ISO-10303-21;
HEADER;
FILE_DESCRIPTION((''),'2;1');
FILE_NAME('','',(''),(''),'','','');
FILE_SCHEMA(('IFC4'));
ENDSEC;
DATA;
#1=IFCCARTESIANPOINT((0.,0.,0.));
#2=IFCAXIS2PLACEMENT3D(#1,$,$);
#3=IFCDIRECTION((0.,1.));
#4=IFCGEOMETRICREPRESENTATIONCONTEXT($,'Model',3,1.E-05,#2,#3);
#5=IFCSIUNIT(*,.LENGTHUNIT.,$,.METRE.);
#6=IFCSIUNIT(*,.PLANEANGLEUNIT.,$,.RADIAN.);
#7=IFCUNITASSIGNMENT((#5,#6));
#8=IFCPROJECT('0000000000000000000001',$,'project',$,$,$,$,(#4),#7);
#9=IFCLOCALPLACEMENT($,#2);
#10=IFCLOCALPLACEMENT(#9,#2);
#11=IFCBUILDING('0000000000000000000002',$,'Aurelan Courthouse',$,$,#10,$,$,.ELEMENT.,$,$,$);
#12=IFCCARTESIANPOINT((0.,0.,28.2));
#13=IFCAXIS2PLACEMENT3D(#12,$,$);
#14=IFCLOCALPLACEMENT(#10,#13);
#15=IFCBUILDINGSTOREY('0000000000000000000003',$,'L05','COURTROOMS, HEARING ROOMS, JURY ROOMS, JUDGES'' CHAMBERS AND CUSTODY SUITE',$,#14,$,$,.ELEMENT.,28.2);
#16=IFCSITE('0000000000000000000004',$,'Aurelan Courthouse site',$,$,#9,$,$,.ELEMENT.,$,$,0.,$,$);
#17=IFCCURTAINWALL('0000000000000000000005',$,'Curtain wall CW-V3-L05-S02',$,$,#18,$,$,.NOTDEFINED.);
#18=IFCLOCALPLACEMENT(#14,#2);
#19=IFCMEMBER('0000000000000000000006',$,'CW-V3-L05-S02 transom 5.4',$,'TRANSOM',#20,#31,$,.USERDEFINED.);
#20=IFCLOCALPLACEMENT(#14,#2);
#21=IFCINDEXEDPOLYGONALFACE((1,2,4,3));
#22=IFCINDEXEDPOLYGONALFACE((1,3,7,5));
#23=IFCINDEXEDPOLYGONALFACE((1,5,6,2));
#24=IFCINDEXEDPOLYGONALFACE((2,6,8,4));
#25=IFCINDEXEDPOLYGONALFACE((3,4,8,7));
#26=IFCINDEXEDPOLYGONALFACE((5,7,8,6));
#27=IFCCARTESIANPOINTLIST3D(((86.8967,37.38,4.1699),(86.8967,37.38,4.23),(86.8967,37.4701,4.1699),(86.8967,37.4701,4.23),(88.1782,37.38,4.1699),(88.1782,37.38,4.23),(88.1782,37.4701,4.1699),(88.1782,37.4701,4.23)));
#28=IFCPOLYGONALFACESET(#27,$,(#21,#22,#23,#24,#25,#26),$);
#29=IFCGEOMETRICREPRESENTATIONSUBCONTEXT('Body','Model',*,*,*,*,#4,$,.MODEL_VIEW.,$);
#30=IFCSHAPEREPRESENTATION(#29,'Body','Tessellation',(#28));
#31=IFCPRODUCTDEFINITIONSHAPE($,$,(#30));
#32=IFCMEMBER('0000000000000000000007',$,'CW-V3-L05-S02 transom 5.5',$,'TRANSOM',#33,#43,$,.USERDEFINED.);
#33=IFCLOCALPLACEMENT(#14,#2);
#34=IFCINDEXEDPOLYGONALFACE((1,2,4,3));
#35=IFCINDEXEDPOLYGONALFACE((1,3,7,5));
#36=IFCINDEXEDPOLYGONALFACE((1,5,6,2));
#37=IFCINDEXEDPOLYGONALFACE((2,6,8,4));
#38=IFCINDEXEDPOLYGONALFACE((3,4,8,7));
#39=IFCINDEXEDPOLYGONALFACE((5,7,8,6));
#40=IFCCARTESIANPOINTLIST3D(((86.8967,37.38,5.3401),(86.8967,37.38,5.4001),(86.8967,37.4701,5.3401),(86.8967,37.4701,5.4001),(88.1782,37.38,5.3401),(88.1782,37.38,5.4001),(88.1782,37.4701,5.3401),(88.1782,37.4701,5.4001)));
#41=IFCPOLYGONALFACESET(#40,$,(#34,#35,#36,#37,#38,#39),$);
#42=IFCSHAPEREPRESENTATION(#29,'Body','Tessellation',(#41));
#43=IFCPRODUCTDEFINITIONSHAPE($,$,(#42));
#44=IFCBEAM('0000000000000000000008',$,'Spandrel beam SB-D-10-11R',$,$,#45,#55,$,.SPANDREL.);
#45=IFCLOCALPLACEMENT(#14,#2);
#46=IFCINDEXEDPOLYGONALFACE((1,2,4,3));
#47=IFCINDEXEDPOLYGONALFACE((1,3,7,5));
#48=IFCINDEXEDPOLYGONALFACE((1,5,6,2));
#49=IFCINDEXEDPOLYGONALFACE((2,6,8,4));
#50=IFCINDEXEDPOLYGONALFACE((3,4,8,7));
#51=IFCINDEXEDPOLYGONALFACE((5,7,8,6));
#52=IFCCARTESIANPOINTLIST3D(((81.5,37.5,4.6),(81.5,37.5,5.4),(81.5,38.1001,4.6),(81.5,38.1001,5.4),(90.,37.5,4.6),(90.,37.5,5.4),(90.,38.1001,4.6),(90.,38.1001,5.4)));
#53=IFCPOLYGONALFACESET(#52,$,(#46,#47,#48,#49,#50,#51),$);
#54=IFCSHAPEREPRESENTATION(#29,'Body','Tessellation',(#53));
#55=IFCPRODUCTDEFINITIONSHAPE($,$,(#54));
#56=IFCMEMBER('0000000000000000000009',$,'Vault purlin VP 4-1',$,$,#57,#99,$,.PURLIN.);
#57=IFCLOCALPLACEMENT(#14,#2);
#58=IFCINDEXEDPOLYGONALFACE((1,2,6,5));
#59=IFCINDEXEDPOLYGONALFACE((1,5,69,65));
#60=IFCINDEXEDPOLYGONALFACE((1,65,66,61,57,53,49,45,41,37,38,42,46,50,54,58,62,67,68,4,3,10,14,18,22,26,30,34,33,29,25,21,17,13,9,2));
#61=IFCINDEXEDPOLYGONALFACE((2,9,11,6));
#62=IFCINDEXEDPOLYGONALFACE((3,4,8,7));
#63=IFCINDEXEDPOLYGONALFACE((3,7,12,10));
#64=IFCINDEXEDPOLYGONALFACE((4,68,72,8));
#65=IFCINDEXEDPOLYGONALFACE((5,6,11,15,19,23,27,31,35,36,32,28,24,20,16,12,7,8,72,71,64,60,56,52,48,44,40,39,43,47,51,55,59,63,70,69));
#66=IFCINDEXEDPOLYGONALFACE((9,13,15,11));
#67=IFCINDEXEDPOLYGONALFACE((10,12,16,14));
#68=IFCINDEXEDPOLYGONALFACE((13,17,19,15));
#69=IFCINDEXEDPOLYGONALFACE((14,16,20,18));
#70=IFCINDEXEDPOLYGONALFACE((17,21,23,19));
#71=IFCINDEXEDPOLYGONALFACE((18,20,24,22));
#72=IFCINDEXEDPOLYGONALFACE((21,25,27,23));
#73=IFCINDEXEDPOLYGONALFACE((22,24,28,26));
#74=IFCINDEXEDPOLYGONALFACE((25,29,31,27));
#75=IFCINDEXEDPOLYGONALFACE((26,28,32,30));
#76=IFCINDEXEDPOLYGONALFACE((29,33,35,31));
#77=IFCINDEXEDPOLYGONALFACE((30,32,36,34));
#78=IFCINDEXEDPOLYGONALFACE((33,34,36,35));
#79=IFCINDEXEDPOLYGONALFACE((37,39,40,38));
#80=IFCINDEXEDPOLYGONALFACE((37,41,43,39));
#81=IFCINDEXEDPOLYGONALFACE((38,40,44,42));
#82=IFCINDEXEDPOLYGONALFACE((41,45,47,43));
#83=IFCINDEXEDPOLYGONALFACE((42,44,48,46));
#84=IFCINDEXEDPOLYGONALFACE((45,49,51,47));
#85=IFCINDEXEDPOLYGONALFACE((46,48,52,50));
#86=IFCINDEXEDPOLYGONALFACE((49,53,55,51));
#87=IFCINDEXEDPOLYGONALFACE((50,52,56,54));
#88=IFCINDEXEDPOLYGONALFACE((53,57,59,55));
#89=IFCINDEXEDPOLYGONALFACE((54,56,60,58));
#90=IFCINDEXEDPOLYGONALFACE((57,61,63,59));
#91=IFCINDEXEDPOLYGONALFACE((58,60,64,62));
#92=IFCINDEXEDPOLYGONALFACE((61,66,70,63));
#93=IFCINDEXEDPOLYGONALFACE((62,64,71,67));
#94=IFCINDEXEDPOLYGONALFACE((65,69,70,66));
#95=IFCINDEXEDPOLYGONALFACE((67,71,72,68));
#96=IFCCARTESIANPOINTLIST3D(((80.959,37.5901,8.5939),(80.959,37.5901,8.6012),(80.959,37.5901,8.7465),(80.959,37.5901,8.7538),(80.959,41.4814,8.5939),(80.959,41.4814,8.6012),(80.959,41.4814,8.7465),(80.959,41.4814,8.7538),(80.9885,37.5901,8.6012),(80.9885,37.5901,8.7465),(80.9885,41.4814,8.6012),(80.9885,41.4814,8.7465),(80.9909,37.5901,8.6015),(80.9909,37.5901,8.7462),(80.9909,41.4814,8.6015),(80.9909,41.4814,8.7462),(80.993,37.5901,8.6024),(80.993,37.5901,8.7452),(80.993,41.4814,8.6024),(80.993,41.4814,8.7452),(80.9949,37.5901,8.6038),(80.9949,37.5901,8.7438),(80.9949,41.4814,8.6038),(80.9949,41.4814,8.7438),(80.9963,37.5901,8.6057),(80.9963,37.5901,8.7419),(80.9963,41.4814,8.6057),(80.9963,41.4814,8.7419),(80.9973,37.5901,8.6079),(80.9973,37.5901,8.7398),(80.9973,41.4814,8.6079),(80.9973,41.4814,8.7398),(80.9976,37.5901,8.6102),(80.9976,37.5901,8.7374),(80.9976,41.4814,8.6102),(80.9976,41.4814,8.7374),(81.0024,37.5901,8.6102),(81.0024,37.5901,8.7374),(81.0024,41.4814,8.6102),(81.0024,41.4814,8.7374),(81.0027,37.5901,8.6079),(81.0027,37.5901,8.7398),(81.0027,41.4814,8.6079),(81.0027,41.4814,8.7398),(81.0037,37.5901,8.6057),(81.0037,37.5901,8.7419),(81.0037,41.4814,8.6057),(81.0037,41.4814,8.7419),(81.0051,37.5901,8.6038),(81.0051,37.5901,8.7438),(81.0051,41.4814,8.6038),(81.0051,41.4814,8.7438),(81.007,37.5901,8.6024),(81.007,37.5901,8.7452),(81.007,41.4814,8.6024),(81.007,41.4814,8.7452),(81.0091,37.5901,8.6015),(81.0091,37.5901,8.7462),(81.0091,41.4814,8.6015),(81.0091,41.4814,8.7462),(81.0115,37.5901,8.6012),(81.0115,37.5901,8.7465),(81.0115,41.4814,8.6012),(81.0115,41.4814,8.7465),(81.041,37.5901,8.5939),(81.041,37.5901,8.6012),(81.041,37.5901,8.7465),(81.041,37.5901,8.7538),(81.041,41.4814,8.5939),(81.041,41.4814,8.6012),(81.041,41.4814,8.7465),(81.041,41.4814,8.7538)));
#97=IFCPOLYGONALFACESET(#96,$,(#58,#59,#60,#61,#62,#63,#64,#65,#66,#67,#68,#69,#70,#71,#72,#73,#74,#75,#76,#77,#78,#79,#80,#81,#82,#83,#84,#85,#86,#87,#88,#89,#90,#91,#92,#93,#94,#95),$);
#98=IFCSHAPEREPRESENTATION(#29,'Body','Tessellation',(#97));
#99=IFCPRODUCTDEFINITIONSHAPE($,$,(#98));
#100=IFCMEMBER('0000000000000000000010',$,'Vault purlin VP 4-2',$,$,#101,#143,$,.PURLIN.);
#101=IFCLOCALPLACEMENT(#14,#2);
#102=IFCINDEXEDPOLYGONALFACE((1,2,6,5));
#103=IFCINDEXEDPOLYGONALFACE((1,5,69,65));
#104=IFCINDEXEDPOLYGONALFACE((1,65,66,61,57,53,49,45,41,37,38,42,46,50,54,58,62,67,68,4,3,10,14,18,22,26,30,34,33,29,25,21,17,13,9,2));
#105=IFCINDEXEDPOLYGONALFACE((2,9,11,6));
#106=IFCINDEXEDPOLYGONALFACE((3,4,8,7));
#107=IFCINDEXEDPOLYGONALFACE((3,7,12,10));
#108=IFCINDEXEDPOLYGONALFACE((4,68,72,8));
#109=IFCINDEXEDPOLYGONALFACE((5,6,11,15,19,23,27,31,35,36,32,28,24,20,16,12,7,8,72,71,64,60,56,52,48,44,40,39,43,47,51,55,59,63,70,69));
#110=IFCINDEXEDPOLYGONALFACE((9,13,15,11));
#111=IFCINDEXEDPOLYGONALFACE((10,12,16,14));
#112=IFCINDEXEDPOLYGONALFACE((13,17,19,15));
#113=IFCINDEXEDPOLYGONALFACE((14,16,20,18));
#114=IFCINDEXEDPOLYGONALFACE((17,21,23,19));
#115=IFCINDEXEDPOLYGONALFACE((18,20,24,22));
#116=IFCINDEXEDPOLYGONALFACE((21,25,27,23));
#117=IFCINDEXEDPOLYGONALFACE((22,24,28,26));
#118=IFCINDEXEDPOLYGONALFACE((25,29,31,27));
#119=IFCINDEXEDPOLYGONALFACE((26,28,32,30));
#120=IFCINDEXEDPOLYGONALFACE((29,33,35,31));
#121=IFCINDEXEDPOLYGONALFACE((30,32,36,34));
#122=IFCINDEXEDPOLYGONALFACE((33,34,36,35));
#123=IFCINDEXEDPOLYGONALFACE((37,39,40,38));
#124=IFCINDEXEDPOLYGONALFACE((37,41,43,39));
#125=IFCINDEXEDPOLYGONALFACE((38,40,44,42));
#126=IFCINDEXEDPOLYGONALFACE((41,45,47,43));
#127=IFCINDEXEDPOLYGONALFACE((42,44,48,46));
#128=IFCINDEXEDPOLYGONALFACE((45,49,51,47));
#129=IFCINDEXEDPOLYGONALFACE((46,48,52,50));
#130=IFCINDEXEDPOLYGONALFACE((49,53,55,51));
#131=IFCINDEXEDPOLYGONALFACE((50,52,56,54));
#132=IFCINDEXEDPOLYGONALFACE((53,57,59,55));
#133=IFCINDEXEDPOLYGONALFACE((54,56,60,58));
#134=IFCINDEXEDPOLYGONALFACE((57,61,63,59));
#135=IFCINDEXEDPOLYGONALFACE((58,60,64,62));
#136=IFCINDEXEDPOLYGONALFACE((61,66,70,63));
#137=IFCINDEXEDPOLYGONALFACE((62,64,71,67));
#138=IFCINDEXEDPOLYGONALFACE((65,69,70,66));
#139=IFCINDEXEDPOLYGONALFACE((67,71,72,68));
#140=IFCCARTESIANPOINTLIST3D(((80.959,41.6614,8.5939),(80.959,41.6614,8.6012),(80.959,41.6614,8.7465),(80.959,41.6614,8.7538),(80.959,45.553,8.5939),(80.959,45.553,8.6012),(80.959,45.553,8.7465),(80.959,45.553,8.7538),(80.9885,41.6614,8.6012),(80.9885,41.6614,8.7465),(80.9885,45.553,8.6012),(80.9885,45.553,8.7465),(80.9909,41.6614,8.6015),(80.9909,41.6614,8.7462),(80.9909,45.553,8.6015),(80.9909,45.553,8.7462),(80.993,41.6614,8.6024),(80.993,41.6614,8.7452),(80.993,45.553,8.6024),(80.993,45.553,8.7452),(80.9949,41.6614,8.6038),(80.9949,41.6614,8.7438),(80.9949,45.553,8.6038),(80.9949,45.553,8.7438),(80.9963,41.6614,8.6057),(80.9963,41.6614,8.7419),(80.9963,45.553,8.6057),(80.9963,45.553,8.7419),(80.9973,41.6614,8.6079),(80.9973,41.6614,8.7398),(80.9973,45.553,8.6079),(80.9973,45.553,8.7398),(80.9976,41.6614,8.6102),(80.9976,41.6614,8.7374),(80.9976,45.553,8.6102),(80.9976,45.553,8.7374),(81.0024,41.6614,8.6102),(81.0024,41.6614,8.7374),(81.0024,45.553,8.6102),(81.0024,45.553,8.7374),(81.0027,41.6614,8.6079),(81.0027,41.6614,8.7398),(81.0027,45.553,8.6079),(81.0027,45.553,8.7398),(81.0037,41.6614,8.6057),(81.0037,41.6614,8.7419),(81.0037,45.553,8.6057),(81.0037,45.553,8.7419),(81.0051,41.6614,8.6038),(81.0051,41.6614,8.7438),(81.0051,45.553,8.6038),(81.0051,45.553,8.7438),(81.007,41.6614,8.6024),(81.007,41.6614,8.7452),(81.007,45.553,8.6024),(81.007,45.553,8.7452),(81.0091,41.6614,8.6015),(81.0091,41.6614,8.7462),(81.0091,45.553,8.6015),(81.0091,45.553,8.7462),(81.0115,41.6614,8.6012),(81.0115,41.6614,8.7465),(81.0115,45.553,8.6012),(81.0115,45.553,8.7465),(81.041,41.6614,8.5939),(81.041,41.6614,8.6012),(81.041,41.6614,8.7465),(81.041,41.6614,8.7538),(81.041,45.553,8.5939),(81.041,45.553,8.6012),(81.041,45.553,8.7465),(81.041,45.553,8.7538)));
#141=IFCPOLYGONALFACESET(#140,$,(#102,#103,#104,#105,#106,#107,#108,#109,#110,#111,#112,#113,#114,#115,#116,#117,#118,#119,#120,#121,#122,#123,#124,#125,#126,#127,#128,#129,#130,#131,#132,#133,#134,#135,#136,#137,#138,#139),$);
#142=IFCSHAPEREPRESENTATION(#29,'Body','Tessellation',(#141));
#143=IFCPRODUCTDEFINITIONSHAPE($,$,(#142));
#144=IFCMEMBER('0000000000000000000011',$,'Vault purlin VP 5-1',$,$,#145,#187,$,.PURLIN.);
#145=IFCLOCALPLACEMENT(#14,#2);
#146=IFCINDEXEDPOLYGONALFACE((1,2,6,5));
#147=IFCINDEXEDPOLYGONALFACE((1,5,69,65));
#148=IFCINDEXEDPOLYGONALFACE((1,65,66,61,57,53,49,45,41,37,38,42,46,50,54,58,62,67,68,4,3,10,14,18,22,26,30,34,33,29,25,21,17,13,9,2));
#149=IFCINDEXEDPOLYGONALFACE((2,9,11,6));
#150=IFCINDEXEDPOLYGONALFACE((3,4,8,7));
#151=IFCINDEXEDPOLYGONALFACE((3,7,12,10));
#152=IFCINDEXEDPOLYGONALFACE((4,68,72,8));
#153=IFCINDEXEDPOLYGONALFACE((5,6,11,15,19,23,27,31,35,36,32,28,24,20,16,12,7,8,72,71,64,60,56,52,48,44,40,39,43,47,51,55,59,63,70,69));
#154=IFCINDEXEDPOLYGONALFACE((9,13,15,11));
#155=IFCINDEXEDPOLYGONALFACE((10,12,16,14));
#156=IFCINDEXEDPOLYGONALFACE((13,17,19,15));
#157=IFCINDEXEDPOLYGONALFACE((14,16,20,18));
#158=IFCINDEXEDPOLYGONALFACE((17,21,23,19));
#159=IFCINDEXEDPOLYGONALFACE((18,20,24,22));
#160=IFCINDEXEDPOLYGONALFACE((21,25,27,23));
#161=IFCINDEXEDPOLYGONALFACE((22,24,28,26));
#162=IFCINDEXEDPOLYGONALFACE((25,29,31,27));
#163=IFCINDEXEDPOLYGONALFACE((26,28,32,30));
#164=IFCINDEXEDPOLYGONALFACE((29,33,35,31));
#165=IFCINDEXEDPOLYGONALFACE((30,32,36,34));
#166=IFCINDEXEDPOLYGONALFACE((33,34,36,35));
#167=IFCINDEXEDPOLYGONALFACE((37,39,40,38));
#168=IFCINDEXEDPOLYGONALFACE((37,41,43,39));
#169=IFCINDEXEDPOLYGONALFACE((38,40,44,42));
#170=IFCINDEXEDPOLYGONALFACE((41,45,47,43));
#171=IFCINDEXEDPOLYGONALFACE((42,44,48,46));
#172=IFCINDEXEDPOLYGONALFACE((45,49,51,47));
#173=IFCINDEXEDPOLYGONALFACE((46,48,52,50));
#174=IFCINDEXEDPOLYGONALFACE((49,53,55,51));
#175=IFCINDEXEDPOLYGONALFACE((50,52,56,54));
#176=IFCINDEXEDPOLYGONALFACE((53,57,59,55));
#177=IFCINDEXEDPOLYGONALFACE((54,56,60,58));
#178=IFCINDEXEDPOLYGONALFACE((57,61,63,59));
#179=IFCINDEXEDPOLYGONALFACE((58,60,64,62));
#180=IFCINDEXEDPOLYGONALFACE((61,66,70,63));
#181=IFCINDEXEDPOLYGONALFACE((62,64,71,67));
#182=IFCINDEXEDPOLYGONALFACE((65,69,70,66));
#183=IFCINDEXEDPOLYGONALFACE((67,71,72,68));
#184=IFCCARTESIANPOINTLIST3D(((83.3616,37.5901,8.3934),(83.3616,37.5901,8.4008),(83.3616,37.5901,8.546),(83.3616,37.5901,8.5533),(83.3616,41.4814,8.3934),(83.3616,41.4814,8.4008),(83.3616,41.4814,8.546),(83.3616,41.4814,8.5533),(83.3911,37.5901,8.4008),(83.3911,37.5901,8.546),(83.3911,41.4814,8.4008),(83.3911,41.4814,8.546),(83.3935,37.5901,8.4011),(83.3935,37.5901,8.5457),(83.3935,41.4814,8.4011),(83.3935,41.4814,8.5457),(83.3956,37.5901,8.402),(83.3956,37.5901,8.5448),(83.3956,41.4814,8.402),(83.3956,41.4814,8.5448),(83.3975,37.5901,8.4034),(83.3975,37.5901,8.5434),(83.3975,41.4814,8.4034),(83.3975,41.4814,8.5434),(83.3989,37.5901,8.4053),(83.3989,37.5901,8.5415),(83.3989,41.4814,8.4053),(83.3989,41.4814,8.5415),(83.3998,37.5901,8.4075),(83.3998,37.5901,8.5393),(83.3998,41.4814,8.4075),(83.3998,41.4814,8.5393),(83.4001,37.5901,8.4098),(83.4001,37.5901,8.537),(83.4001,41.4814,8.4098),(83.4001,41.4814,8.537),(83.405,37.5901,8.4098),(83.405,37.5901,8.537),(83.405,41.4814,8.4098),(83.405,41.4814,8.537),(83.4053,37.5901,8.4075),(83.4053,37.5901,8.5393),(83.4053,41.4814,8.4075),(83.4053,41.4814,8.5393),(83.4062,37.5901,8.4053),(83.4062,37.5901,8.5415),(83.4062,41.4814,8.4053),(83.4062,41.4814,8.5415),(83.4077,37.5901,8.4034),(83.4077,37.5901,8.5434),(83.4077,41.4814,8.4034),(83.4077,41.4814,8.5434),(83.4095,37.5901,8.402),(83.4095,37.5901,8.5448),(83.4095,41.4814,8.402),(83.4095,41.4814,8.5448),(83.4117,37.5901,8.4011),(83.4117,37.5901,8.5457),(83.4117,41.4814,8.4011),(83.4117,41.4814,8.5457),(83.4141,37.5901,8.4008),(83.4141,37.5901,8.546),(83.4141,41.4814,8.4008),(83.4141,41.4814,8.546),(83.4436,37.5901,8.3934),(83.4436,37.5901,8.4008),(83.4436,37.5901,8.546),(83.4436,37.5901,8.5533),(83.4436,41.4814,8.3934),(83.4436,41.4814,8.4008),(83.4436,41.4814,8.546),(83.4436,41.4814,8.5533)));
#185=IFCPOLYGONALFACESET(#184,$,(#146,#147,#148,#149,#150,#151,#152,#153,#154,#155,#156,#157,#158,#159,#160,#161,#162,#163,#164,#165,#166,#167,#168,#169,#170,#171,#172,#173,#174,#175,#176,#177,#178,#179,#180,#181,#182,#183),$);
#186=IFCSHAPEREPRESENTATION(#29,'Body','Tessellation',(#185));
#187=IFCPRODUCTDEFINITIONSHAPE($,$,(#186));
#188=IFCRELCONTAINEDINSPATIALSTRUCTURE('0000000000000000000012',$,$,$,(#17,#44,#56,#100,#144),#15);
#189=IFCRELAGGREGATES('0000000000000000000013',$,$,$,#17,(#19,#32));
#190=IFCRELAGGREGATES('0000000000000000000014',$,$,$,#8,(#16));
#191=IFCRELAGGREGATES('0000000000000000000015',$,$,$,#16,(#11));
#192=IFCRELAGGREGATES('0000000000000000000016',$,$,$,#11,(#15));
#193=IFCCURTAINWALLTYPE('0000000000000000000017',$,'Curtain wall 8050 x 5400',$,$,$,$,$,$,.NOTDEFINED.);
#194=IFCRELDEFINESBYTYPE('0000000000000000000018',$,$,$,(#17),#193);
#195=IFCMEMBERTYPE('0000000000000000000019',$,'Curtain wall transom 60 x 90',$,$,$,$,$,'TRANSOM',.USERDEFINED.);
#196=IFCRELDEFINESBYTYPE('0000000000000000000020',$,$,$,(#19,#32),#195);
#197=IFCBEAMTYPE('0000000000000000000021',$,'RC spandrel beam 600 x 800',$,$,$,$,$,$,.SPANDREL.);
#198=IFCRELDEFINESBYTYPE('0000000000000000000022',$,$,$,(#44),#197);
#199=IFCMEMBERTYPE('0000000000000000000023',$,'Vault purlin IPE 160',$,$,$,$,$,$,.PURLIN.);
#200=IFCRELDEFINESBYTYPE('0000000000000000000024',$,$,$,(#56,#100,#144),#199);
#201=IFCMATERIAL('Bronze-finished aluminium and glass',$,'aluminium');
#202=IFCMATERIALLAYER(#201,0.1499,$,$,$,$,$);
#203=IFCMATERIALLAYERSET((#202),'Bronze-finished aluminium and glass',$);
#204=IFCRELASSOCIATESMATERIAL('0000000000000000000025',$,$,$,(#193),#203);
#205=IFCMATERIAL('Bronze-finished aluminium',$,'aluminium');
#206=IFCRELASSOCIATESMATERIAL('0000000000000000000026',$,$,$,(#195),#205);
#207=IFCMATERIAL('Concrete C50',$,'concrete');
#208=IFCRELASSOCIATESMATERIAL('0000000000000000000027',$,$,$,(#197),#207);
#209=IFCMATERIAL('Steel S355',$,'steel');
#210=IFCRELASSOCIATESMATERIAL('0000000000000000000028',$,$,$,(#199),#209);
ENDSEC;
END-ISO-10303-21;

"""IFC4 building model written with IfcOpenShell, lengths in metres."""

from ifc_helpers import new_model, si_unit, direction, frame, origin, origin_2d, place, context, subcontext, project, spatial, rectangle, i_section, extrude, material, layer, layer_set, material_profile, profile_set, type_object, element, aggregate, save


model = new_model("IFC4")

# Units and contexts
model_context = context("Model", 3, precision=1e-05, world=origin(), true_north=direction((0.0, 1.0)))
body_context = subcontext(model_context, "Body", "Model", "MODEL_VIEW")
ifc_project = project(units=[si_unit("LENGTHUNIT", "METRE"), si_unit("PLANEANGLEUNIT", "RADIAN")], contexts=[model_context])

# Site, building, storey
site_placement = place(None, origin())
site = spatial("IfcSite", under=ifc_project, at=site_placement, Name="Aurelan Courthouse site", CompositionType="ELEMENT", RefElevation=0.0)
building_placement = place(site_placement, origin())
building = spatial("IfcBuilding", under=site, at=building_placement, Name="Aurelan Courthouse", CompositionType="ELEMENT")
storey_placement = place(building_placement, frame((0.0, 0.0, 28.2)))
storey = spatial("IfcBuildingStorey", under=building, at=storey_placement, Name="L05", Description="COURTROOMS, HEARING ROOMS, JURY ROOMS, JUDGES' CHAMBERS AND CUSTODY SUITE", CompositionType="ELEMENT", Elevation=28.2)

# Curtain wall, members
ifc_material_1 = material(Name="Bronze-finished aluminium and glass", Category="aluminium")
ifc_layer_1 = layer(ifc_material_1, 0.1499)
ifc_layer_set_1 = layer_set([ifc_layer_1], Name="Bronze-finished aluminium and glass")
curtain_wall_type = type_object("IfcCurtainWallType", Name="Curtain wall 8050 x 5400", PredefinedType="NOTDEFINED", material=ifc_layer_set_1)
curtain_wall_placement = place(storey_placement, origin())
curtain_wall = element("IfcCurtainWall", 1, at=curtain_wall_placement, inside=storey, type_object=curtain_wall_type, Name="Curtain wall CW-V3-L05-S02", PredefinedType="NOTDEFINED")
ifc_material_2 = material(Name="Bronze-finished aluminium", Category="aluminium")
ifc_material_profile_1 = material_profile(ifc_material_2, rectangle(XDim=0.0901, YDim=0.0601, at=origin_2d()), Name="Bronze transom 60 x 90")
ifc_profile_set_1 = profile_set([ifc_material_profile_1], Name="Bronze-finished aluminium")
member_type_1 = type_object("IfcMemberType", Name="Curtain wall transom 60 x 90", ElementType="TRANSOM", PredefinedType="USERDEFINED", material=ifc_profile_set_1)
member_1_placement = place(storey_placement, frame((86.8967, 37.425, 4.2), z_axis=(1.0, 0.0, 0.0), x_axis=(0.0, 1.0, 0.0)))
member_1 = element("IfcMember", 2, at=member_1_placement, type_object=member_type_1, Name="CW-V3-L05-S02 transom 5.4", ObjectType="TRANSOM", PredefinedType="USERDEFINED", context=body_context, shape_type="SweptSolid", body=[
    extrude(rectangle(XDim=0.0901, YDim=0.0601, at=origin_2d()), origin(), (0.0, 0.0, 1.0), 1.2815),
])
member_2_placement = place(storey_placement, frame((86.8967, 37.425, 5.3701), z_axis=(1.0, 0.0, 0.0), x_axis=(0.0, 1.0, 0.0)))
member_2 = element("IfcMember", 3, at=member_2_placement, type_object=member_type_1, Name="CW-V3-L05-S02 transom 5.5", ObjectType="TRANSOM", PredefinedType="USERDEFINED", context=body_context, shape_type="SweptSolid", body=[
    extrude(rectangle(XDim=0.0901, YDim=0.0601, at=origin_2d()), origin(), (0.0, 0.0, 1.0), 1.2815),
])

# Beam
ifc_material_3 = material(Name="Concrete C50", Category="concrete")
ifc_material_profile_2 = material_profile(ifc_material_3, rectangle(XDim=0.6001, YDim=0.8, at=origin_2d()), Name="RC 600 x 800")
ifc_profile_set_2 = profile_set([ifc_material_profile_2], Name="Concrete C50")
beam_type = type_object("IfcBeamType", Name="RC spandrel beam 600 x 800", PredefinedType="SPANDREL", material=ifc_profile_set_2)
beam_placement = place(storey_placement, frame((81.5, 37.8, 5.0), z_axis=(1.0, 0.0, 0.0), x_axis=(0.0, 1.0, 0.0)))
element("IfcBeam", 4, at=beam_placement, inside=storey, type_object=beam_type, Name="Spandrel beam SB-D-10-11R", PredefinedType="SPANDREL", context=body_context, shape_type="SweptSolid", body=[
    extrude(rectangle(XDim=0.6001, YDim=0.8, at=origin_2d()), origin(), (0.0, 0.0, 1.0), 8.5),
])

# Members
ifc_material_4 = material(Name="Steel S355", Category="steel")
ifc_material_profile_3 = material_profile(ifc_material_4, i_section(OverallWidth=0.082, OverallDepth=0.1599, WebThickness=0.0049, FlangeThickness=0.0073, FilletRadius=0.009, at=origin_2d()), Name="IPE 160")
ifc_profile_set_3 = profile_set([ifc_material_profile_3], Name="Steel S355")
member_type_2 = type_object("IfcMemberType", Name="Vault purlin IPE 160", PredefinedType="PURLIN", material=ifc_profile_set_3)
member_3_placement = place(storey_placement, frame((81.0, 37.5901, 8.6738), z_axis=(0.0, 1.0, 0.0), x_axis=(-1.0, 0.0, 0.0)))
element("IfcMember", 5, at=member_3_placement, inside=storey, type_object=member_type_2, Name="Vault purlin VP 4-1", PredefinedType="PURLIN", context=body_context, shape_type="SweptSolid", body=[
    extrude(i_section(OverallWidth=0.082, OverallDepth=0.1599, WebThickness=0.0049, FlangeThickness=0.0073, FilletRadius=0.009, at=origin_2d()), origin(), (0.0, 0.0, 1.0), 3.8914),
])
member_4_placement = place(storey_placement, frame((81.0, 41.6614, 8.6738), z_axis=(0.0, 1.0, 0.0), x_axis=(-1.0, 0.0, 0.0)))
element("IfcMember", 6, at=member_4_placement, inside=storey, type_object=member_type_2, Name="Vault purlin VP 4-2", PredefinedType="PURLIN", context=body_context, shape_type="SweptSolid", body=[
    extrude(i_section(OverallWidth=0.082, OverallDepth=0.1599, WebThickness=0.0049, FlangeThickness=0.0073, FilletRadius=0.009, at=origin_2d()), origin(), (0.0, 0.0, 1.0), 3.8916),
])
member_5_placement = place(storey_placement, frame((83.4026, 37.5901, 8.4734), z_axis=(0.0, 1.0, 0.0), x_axis=(-1.0, 0.0, 0.0)))
element("IfcMember", 7, at=member_5_placement, inside=storey, type_object=member_type_2, Name="Vault purlin VP 5-1", PredefinedType="PURLIN", context=body_context, shape_type="SweptSolid", body=[
    extrude(i_section(OverallWidth=0.082, OverallDepth=0.1599, WebThickness=0.0049, FlangeThickness=0.0073, FilletRadius=0.009, at=origin_2d()), origin(), (0.0, 0.0, 1.0), 3.8914),
])

aggregate(curtain_wall, [member_1, member_2])

save(model, "model.ifc")
